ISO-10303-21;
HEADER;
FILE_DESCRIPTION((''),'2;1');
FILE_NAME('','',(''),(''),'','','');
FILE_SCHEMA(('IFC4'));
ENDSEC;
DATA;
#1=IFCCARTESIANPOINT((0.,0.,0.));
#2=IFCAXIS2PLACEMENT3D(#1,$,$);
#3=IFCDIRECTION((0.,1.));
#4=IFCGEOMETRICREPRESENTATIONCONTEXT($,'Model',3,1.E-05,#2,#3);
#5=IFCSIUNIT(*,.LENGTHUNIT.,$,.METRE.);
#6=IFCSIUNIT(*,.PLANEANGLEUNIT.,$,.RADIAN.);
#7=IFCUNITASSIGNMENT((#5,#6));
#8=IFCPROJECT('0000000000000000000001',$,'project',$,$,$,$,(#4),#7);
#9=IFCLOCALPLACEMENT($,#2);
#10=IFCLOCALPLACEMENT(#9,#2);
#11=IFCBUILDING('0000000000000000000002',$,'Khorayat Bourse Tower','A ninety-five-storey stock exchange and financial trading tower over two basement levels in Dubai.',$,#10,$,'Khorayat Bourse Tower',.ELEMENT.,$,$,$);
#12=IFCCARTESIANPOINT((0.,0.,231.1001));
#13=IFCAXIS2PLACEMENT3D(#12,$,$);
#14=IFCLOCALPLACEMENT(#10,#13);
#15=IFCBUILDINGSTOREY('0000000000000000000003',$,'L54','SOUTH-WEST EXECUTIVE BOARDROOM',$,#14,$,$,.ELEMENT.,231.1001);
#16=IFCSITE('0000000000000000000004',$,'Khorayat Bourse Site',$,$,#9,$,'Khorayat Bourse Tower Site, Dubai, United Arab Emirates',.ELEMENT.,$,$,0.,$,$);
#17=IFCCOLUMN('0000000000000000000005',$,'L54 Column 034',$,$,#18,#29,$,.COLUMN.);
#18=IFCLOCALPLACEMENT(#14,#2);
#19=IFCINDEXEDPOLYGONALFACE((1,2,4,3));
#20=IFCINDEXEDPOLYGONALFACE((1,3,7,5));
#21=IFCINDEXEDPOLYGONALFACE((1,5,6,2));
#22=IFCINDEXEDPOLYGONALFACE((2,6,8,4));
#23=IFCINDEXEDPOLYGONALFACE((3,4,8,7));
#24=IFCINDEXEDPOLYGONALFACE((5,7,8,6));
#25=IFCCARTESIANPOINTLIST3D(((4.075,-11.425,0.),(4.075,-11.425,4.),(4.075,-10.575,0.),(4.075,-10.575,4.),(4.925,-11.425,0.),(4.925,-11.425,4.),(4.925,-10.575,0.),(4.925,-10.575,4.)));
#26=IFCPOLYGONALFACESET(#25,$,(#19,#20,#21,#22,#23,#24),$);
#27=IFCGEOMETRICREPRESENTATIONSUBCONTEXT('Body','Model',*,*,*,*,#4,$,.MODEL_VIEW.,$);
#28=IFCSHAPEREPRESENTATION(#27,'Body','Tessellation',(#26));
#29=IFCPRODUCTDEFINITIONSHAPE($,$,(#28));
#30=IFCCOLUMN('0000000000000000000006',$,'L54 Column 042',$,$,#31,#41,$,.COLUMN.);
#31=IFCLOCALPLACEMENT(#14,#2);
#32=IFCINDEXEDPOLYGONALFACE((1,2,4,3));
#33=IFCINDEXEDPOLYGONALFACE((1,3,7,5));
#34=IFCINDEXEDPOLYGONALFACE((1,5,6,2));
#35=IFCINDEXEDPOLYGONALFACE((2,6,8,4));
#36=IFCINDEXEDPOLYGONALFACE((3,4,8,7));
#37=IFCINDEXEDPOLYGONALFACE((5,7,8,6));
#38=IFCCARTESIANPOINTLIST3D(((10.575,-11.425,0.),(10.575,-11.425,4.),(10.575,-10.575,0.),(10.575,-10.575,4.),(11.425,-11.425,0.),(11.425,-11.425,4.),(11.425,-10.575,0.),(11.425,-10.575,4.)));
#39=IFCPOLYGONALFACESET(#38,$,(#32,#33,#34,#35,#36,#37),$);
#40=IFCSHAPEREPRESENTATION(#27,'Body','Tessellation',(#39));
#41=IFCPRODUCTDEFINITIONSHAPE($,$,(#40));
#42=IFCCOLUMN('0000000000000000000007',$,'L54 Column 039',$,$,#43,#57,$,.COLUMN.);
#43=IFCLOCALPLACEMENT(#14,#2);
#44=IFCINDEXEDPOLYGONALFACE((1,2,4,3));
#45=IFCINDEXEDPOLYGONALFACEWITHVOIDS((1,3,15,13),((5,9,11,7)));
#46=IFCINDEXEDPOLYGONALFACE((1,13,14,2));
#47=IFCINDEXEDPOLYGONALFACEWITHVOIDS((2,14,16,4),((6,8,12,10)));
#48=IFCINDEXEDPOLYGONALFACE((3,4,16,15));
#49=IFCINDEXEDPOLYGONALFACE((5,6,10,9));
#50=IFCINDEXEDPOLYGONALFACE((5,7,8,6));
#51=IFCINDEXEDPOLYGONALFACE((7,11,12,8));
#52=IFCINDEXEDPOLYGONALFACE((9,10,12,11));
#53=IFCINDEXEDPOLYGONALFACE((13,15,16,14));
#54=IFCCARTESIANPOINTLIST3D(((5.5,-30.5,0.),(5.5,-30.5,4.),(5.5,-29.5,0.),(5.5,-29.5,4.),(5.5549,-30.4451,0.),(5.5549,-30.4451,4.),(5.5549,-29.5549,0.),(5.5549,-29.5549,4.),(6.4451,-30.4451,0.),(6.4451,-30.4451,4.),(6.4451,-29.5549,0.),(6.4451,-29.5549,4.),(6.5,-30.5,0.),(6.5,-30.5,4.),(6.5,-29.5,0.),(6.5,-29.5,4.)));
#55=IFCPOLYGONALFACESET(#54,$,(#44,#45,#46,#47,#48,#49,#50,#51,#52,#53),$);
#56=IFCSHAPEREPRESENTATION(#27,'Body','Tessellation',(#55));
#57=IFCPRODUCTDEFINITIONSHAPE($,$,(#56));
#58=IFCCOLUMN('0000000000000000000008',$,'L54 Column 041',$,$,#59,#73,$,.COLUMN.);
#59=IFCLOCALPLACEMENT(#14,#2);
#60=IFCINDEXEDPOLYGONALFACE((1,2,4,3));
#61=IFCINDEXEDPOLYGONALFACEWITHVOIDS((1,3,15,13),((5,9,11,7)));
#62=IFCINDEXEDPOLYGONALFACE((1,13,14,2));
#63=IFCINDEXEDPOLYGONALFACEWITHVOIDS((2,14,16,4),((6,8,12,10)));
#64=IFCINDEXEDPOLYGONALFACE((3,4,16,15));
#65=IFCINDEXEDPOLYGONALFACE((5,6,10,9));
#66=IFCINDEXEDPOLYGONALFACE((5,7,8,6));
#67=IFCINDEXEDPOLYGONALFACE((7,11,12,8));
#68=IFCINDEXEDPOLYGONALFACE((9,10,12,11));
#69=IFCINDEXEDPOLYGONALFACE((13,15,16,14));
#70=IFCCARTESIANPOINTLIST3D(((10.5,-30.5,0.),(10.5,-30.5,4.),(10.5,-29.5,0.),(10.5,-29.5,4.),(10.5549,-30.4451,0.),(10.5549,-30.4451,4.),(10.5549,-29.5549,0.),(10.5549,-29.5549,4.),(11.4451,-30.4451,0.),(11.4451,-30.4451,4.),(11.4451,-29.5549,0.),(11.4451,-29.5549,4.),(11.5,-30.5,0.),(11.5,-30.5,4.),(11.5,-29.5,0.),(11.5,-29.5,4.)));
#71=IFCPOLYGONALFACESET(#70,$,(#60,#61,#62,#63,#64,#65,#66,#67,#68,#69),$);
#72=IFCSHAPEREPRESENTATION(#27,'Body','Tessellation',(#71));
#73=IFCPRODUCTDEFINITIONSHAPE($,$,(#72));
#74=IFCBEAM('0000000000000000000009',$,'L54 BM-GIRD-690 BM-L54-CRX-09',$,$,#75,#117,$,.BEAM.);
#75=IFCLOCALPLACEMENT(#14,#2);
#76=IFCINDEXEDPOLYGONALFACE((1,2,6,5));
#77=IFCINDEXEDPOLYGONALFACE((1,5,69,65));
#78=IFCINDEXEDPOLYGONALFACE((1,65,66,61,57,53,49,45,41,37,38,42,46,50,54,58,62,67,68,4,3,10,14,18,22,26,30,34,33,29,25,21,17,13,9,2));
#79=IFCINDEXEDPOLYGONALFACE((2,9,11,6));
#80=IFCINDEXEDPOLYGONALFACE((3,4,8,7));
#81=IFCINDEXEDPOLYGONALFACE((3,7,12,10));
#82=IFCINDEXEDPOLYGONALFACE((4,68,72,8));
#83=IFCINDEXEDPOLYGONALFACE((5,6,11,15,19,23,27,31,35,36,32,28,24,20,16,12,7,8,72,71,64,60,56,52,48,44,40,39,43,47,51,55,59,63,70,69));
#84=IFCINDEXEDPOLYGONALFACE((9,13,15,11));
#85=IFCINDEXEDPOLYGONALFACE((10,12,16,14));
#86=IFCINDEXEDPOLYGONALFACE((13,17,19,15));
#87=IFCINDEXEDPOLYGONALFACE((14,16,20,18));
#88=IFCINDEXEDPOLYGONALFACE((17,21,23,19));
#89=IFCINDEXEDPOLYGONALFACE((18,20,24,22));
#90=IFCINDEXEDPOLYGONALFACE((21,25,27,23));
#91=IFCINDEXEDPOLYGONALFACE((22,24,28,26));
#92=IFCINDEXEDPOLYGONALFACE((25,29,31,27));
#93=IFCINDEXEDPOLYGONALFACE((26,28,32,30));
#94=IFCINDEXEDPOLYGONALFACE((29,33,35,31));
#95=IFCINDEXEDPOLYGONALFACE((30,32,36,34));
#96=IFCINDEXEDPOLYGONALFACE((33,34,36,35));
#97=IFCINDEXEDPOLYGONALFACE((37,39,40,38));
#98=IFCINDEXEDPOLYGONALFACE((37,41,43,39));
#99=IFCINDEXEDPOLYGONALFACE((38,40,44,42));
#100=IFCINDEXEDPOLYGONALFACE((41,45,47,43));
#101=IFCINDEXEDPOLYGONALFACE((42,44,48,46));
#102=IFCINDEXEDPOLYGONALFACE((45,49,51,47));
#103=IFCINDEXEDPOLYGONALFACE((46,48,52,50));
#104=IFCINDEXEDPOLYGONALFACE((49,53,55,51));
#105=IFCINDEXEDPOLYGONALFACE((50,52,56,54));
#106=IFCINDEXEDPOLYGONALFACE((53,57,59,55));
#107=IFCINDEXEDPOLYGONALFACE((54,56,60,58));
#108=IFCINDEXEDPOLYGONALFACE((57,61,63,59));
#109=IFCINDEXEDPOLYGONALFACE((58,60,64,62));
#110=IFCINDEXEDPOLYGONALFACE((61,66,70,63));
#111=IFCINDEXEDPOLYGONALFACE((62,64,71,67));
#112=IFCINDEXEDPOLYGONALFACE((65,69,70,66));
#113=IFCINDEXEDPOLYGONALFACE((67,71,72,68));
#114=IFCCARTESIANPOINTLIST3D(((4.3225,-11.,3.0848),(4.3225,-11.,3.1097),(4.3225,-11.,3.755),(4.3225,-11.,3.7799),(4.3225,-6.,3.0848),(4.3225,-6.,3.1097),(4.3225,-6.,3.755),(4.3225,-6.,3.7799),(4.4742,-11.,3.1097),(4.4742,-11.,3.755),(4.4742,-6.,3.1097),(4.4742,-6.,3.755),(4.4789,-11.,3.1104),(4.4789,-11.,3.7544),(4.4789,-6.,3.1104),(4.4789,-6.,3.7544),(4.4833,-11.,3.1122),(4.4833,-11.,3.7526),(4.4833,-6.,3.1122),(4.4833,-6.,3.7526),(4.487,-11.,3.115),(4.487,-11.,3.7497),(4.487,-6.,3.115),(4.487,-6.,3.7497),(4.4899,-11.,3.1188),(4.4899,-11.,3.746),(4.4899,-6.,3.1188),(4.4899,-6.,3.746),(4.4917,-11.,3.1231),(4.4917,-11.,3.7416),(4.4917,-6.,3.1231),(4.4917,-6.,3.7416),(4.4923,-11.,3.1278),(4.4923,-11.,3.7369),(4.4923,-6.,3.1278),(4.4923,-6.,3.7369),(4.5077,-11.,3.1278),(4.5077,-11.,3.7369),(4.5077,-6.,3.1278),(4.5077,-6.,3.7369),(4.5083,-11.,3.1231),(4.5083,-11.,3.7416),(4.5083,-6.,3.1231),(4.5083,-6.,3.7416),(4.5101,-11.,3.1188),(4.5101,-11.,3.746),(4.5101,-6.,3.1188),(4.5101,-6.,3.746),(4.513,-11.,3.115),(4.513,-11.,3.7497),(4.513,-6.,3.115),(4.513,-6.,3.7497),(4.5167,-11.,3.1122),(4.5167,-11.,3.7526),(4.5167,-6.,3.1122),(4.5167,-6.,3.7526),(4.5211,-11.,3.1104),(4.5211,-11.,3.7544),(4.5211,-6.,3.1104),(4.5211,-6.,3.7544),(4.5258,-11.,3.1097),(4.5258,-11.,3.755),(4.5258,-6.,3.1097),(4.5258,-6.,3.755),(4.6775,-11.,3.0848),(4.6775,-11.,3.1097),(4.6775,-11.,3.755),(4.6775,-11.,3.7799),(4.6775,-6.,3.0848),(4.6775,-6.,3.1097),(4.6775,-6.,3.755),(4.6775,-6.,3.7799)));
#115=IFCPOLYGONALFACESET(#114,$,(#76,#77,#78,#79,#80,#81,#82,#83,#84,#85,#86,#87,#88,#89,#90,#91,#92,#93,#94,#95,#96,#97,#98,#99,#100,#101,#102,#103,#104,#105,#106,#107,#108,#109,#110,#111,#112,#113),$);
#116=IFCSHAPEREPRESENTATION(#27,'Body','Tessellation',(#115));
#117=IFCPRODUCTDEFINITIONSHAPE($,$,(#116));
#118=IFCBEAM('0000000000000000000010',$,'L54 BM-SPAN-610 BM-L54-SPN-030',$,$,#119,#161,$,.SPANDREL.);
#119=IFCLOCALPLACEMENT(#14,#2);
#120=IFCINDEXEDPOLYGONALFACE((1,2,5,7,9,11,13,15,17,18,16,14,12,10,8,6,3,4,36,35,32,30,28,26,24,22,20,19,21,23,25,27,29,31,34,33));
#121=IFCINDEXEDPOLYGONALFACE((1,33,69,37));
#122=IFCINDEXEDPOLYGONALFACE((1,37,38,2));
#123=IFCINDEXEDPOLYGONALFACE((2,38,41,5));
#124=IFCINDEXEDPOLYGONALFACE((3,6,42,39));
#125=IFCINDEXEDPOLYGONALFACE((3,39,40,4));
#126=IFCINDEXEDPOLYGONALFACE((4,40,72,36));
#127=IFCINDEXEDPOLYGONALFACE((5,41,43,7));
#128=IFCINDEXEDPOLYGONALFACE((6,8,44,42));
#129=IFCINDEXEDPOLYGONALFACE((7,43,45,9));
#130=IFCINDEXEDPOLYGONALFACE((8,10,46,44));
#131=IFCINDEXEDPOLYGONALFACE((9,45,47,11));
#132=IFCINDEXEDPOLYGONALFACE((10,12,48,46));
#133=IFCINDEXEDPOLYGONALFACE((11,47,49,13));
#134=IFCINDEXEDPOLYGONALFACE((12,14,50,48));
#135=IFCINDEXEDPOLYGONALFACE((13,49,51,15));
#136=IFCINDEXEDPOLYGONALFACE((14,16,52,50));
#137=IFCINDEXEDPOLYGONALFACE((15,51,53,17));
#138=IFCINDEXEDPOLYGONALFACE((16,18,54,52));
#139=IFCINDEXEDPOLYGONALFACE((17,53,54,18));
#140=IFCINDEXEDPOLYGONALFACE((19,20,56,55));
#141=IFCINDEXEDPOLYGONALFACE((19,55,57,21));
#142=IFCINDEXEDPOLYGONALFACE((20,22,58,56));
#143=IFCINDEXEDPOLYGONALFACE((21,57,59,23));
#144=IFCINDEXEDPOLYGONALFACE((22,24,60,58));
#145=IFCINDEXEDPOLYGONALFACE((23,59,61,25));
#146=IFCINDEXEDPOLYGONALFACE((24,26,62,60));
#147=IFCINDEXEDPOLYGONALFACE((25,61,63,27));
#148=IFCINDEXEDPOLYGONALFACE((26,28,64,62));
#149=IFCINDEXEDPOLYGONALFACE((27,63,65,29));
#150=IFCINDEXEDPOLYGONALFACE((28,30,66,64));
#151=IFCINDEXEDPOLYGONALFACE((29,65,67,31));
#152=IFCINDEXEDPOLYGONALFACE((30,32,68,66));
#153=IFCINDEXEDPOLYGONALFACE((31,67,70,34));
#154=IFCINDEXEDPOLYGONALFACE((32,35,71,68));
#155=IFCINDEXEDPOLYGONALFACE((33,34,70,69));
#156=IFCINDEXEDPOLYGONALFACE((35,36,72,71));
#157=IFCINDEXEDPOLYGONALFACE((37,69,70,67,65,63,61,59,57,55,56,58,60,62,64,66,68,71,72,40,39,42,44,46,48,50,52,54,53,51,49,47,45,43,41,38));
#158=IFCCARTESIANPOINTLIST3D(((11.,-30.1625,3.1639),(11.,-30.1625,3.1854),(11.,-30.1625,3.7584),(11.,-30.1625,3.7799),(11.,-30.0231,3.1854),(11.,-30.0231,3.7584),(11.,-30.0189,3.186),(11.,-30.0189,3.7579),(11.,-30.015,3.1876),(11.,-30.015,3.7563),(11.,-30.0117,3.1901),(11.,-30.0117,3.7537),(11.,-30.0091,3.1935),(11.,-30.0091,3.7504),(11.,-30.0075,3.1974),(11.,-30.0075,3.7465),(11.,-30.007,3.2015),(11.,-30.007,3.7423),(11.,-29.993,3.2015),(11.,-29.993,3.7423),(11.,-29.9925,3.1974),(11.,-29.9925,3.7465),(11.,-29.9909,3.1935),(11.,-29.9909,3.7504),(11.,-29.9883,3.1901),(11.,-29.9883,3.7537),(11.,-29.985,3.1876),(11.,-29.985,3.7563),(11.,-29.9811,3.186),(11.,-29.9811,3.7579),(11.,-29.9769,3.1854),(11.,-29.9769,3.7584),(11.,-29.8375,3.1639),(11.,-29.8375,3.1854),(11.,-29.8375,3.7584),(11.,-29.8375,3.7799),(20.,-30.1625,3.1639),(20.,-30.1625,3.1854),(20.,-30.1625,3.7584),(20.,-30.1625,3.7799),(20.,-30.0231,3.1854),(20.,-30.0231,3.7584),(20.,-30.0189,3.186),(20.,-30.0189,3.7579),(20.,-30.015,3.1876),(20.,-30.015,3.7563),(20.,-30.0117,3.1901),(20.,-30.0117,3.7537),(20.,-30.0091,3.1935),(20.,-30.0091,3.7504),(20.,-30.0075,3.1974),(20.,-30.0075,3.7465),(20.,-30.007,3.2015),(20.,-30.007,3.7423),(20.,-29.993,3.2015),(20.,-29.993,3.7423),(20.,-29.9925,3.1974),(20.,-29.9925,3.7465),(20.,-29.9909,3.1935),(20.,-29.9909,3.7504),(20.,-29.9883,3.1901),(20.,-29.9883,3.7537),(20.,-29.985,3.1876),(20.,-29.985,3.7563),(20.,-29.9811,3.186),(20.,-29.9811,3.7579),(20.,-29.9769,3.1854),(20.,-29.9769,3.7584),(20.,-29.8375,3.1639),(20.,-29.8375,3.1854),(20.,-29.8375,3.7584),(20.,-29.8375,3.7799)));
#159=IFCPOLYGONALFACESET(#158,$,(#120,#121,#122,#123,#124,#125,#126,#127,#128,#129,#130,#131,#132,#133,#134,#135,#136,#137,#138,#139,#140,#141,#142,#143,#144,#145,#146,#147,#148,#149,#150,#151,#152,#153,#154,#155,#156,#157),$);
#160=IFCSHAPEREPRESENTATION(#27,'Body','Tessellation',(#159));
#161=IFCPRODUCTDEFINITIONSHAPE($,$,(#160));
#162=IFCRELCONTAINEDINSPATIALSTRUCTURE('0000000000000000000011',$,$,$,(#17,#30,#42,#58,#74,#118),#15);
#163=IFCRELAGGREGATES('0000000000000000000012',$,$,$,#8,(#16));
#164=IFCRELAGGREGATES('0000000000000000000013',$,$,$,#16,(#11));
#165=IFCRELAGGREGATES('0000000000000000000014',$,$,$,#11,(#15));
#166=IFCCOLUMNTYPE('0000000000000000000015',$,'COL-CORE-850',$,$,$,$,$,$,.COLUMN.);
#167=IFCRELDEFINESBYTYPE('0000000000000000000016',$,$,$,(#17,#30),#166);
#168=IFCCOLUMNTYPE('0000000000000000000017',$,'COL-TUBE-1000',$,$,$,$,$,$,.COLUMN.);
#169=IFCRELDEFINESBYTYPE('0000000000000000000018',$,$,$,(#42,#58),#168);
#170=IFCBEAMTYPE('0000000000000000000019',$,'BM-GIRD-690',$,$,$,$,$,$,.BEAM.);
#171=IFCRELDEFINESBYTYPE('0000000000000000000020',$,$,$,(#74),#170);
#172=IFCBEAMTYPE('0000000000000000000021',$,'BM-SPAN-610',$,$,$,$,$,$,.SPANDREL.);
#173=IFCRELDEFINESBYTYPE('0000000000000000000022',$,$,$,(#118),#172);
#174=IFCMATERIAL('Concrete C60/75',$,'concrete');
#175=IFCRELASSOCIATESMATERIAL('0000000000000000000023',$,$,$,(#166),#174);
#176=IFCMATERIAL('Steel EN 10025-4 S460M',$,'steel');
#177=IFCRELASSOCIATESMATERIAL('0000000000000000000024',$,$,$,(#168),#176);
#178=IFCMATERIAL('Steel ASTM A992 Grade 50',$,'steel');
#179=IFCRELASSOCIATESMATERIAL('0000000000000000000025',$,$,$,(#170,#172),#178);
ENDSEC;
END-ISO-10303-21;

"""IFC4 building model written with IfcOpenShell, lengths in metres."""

from ifc_helpers import new_model, si_unit, direction, frame, origin, origin_2d, place, context, subcontext, project, spatial, rectangle, hollow_rectangle, i_section, extrude, source, transform, mapped, material, material_profile, profile_set, type_object, element, save


model = new_model("IFC4")

# Units and contexts
model_context = context("Model", 3, precision=1e-05, world=origin(), true_north=direction((0.0, 1.0)))
body_context = subcontext(model_context, "Body", "Model", "MODEL_VIEW")
ifc_project = project(units=[si_unit("LENGTHUNIT", "METRE"), si_unit("PLANEANGLEUNIT", "RADIAN")], contexts=[model_context])

# Site, building, storey
site_placement = place(None, origin())
site = spatial("IfcSite", under=ifc_project, at=site_placement, Name="Khorayat Bourse Site", LongName="Khorayat Bourse Tower Site, Dubai, United Arab Emirates", CompositionType="ELEMENT", RefElevation=0.0)
building_placement = place(site_placement, origin())
building = spatial("IfcBuilding", under=site, at=building_placement, Name="Khorayat Bourse Tower", Description="A ninety-five-storey stock exchange and financial trading tower over two basement levels in Dubai.", LongName="Khorayat Bourse Tower", CompositionType="ELEMENT")
storey_placement = place(building_placement, frame((0.0, 0.0, 231.1001)))
storey = spatial("IfcBuildingStorey", under=building, at=storey_placement, Name="L54", Description="SOUTH-WEST EXECUTIVE BOARDROOM", CompositionType="ELEMENT", Elevation=231.1001)

# Columns
ifc_material_1 = material(Name="Concrete C60/75", Category="concrete")
ifc_material_profile_1 = material_profile(ifc_material_1, rectangle(XDim=0.8501, YDim=0.8501, at=origin_2d()), Name="RC 850x850")
ifc_profile_set_1 = profile_set([ifc_material_profile_1], Name="Concrete C60/75")
column_type_1 = type_object("IfcColumnType", Name="COL-CORE-850", PredefinedType="COLUMN", material=ifc_profile_set_1)
shared_shape_1 = source(origin(), body_context, "Body", "SweptSolid", [
    extrude(rectangle(XDim=0.8501, YDim=0.8501, at=origin_2d()), origin(), (0.0, 0.0, 1.0), 4.0),
])
for number, where, z_axis, x_axis, name in (
    (1, (4.5, -11.0, 0.0), (0.0, 0.0, 1.0), (1.0, 0.0, 0.0), "L54 Column 034"),
    (2, (11.0, -11.0, 0.0), (0.0, 0.0, 1.0), (1.0, 0.0, 0.0), "L54 Column 042"),
):
    element("IfcColumn", number, at=place(storey_placement, frame(where, z_axis=z_axis, x_axis=x_axis)), inside=storey, type_object=column_type_1, Name=name, PredefinedType="COLUMN", context=body_context, shape_type="MappedRepresentation", body=[
        mapped(shared_shape_1, transform((0.0, 0.0, 0.0), scale=1.0)),
    ])
ifc_material_2 = material(Name="Steel EN 10025-4 S460M", Category="steel")
ifc_material_profile_2 = material_profile(ifc_material_2, hollow_rectangle(XDim=1.0, YDim=1.0, WallThickness=0.0549, at=origin_2d()), Name="BOX 1000x1000x55")
ifc_profile_set_2 = profile_set([ifc_material_profile_2], Name="Steel EN 10025-4 S460M")
column_type_2 = type_object("IfcColumnType", Name="COL-TUBE-1000", PredefinedType="COLUMN", material=ifc_profile_set_2)
shared_shape_2 = source(origin(), body_context, "Body", "SweptSolid", [
    extrude(hollow_rectangle(XDim=1.0, YDim=1.0, WallThickness=0.0549, at=origin_2d()), origin(), (0.0, 0.0, 1.0), 4.0),
])
for number, where, z_axis, x_axis, name in (
    (3, (6.0, -30.0, 0.0), (0.0, 0.0, 1.0), (1.0, 0.0, 0.0), "L54 Column 039"),
    (4, (11.0, -30.0, 0.0), (0.0, 0.0, 1.0), (1.0, 0.0, 0.0), "L54 Column 041"),
):
    element("IfcColumn", number, at=place(storey_placement, frame(where, z_axis=z_axis, x_axis=x_axis)), inside=storey, type_object=column_type_2, Name=name, PredefinedType="COLUMN", context=body_context, shape_type="MappedRepresentation", body=[
        mapped(shared_shape_2, transform((0.0, 0.0, 0.0), scale=1.0)),
    ])

# Beams
ifc_material_3 = material(Name="Steel ASTM A992 Grade 50", Category="steel")
ifc_material_profile_3 = material_profile(ifc_material_3, i_section(OverallWidth=0.355, OverallDepth=0.6951, WebThickness=0.0154, FlangeThickness=0.0249, FilletRadius=0.0181, at=origin_2d()), Name="W690X217")
ifc_profile_set_3 = profile_set([ifc_material_profile_3], Name="Steel ASTM A992 Grade 50")
beam_type_1 = type_object("IfcBeamType", Name="BM-GIRD-690", PredefinedType="BEAM", material=ifc_profile_set_3)
shared_shape_3 = source(origin(), body_context, "Body", "SweptSolid", [
    extrude(i_section(OverallWidth=0.355, OverallDepth=0.6951, WebThickness=0.0154, FlangeThickness=0.0249, FilletRadius=0.0181, at=origin_2d()), origin(), (0.0, 0.0, 1.0), 5.0),
])
beam_1_placement = place(storey_placement, frame((4.5, -11.0, 3.4324), z_axis=(0.0, 1.0, 0.0), x_axis=(-1.0, 0.0, 0.0)))
element("IfcBeam", 5, at=beam_1_placement, inside=storey, type_object=beam_type_1, Name="L54 BM-GIRD-690 BM-L54-CRX-09", PredefinedType="BEAM", context=body_context, shape_type="MappedRepresentation", body=[
    mapped(shared_shape_3, transform((0.0, 0.0, 0.0), scale=1.0)),
])
ifc_material_profile_4 = material_profile(ifc_material_3, i_section(OverallWidth=0.325, OverallDepth=0.616, WebThickness=0.0139, FlangeThickness=0.0215, FilletRadius=0.0161, at=origin_2d()), Name="W610X174")
ifc_profile_set_4 = profile_set([ifc_material_profile_4], Name="Steel ASTM A992 Grade 50")
beam_type_2 = type_object("IfcBeamType", Name="BM-SPAN-610", PredefinedType="SPANDREL", material=ifc_profile_set_4)
shared_shape_4 = source(origin(), body_context, "Body", "SweptSolid", [
    extrude(i_section(OverallWidth=0.325, OverallDepth=0.616, WebThickness=0.0139, FlangeThickness=0.0215, FilletRadius=0.0161, at=origin_2d()), origin(), (0.0, 0.0, 1.0), 9.0),
])
beam_2_placement = place(storey_placement, frame((11.0, -30.0, 3.4719), z_axis=(1.0, 0.0, 0.0), x_axis=(0.0, 1.0, 0.0)))
element("IfcBeam", 6, at=beam_2_placement, inside=storey, type_object=beam_type_2, Name="L54 BM-SPAN-610 BM-L54-SPN-030", PredefinedType="SPANDREL", context=body_context, shape_type="MappedRepresentation", body=[
    mapped(shared_shape_4, transform((0.0, 0.0, 0.0), scale=1.0)),
])

save(model, "model.ifc")
